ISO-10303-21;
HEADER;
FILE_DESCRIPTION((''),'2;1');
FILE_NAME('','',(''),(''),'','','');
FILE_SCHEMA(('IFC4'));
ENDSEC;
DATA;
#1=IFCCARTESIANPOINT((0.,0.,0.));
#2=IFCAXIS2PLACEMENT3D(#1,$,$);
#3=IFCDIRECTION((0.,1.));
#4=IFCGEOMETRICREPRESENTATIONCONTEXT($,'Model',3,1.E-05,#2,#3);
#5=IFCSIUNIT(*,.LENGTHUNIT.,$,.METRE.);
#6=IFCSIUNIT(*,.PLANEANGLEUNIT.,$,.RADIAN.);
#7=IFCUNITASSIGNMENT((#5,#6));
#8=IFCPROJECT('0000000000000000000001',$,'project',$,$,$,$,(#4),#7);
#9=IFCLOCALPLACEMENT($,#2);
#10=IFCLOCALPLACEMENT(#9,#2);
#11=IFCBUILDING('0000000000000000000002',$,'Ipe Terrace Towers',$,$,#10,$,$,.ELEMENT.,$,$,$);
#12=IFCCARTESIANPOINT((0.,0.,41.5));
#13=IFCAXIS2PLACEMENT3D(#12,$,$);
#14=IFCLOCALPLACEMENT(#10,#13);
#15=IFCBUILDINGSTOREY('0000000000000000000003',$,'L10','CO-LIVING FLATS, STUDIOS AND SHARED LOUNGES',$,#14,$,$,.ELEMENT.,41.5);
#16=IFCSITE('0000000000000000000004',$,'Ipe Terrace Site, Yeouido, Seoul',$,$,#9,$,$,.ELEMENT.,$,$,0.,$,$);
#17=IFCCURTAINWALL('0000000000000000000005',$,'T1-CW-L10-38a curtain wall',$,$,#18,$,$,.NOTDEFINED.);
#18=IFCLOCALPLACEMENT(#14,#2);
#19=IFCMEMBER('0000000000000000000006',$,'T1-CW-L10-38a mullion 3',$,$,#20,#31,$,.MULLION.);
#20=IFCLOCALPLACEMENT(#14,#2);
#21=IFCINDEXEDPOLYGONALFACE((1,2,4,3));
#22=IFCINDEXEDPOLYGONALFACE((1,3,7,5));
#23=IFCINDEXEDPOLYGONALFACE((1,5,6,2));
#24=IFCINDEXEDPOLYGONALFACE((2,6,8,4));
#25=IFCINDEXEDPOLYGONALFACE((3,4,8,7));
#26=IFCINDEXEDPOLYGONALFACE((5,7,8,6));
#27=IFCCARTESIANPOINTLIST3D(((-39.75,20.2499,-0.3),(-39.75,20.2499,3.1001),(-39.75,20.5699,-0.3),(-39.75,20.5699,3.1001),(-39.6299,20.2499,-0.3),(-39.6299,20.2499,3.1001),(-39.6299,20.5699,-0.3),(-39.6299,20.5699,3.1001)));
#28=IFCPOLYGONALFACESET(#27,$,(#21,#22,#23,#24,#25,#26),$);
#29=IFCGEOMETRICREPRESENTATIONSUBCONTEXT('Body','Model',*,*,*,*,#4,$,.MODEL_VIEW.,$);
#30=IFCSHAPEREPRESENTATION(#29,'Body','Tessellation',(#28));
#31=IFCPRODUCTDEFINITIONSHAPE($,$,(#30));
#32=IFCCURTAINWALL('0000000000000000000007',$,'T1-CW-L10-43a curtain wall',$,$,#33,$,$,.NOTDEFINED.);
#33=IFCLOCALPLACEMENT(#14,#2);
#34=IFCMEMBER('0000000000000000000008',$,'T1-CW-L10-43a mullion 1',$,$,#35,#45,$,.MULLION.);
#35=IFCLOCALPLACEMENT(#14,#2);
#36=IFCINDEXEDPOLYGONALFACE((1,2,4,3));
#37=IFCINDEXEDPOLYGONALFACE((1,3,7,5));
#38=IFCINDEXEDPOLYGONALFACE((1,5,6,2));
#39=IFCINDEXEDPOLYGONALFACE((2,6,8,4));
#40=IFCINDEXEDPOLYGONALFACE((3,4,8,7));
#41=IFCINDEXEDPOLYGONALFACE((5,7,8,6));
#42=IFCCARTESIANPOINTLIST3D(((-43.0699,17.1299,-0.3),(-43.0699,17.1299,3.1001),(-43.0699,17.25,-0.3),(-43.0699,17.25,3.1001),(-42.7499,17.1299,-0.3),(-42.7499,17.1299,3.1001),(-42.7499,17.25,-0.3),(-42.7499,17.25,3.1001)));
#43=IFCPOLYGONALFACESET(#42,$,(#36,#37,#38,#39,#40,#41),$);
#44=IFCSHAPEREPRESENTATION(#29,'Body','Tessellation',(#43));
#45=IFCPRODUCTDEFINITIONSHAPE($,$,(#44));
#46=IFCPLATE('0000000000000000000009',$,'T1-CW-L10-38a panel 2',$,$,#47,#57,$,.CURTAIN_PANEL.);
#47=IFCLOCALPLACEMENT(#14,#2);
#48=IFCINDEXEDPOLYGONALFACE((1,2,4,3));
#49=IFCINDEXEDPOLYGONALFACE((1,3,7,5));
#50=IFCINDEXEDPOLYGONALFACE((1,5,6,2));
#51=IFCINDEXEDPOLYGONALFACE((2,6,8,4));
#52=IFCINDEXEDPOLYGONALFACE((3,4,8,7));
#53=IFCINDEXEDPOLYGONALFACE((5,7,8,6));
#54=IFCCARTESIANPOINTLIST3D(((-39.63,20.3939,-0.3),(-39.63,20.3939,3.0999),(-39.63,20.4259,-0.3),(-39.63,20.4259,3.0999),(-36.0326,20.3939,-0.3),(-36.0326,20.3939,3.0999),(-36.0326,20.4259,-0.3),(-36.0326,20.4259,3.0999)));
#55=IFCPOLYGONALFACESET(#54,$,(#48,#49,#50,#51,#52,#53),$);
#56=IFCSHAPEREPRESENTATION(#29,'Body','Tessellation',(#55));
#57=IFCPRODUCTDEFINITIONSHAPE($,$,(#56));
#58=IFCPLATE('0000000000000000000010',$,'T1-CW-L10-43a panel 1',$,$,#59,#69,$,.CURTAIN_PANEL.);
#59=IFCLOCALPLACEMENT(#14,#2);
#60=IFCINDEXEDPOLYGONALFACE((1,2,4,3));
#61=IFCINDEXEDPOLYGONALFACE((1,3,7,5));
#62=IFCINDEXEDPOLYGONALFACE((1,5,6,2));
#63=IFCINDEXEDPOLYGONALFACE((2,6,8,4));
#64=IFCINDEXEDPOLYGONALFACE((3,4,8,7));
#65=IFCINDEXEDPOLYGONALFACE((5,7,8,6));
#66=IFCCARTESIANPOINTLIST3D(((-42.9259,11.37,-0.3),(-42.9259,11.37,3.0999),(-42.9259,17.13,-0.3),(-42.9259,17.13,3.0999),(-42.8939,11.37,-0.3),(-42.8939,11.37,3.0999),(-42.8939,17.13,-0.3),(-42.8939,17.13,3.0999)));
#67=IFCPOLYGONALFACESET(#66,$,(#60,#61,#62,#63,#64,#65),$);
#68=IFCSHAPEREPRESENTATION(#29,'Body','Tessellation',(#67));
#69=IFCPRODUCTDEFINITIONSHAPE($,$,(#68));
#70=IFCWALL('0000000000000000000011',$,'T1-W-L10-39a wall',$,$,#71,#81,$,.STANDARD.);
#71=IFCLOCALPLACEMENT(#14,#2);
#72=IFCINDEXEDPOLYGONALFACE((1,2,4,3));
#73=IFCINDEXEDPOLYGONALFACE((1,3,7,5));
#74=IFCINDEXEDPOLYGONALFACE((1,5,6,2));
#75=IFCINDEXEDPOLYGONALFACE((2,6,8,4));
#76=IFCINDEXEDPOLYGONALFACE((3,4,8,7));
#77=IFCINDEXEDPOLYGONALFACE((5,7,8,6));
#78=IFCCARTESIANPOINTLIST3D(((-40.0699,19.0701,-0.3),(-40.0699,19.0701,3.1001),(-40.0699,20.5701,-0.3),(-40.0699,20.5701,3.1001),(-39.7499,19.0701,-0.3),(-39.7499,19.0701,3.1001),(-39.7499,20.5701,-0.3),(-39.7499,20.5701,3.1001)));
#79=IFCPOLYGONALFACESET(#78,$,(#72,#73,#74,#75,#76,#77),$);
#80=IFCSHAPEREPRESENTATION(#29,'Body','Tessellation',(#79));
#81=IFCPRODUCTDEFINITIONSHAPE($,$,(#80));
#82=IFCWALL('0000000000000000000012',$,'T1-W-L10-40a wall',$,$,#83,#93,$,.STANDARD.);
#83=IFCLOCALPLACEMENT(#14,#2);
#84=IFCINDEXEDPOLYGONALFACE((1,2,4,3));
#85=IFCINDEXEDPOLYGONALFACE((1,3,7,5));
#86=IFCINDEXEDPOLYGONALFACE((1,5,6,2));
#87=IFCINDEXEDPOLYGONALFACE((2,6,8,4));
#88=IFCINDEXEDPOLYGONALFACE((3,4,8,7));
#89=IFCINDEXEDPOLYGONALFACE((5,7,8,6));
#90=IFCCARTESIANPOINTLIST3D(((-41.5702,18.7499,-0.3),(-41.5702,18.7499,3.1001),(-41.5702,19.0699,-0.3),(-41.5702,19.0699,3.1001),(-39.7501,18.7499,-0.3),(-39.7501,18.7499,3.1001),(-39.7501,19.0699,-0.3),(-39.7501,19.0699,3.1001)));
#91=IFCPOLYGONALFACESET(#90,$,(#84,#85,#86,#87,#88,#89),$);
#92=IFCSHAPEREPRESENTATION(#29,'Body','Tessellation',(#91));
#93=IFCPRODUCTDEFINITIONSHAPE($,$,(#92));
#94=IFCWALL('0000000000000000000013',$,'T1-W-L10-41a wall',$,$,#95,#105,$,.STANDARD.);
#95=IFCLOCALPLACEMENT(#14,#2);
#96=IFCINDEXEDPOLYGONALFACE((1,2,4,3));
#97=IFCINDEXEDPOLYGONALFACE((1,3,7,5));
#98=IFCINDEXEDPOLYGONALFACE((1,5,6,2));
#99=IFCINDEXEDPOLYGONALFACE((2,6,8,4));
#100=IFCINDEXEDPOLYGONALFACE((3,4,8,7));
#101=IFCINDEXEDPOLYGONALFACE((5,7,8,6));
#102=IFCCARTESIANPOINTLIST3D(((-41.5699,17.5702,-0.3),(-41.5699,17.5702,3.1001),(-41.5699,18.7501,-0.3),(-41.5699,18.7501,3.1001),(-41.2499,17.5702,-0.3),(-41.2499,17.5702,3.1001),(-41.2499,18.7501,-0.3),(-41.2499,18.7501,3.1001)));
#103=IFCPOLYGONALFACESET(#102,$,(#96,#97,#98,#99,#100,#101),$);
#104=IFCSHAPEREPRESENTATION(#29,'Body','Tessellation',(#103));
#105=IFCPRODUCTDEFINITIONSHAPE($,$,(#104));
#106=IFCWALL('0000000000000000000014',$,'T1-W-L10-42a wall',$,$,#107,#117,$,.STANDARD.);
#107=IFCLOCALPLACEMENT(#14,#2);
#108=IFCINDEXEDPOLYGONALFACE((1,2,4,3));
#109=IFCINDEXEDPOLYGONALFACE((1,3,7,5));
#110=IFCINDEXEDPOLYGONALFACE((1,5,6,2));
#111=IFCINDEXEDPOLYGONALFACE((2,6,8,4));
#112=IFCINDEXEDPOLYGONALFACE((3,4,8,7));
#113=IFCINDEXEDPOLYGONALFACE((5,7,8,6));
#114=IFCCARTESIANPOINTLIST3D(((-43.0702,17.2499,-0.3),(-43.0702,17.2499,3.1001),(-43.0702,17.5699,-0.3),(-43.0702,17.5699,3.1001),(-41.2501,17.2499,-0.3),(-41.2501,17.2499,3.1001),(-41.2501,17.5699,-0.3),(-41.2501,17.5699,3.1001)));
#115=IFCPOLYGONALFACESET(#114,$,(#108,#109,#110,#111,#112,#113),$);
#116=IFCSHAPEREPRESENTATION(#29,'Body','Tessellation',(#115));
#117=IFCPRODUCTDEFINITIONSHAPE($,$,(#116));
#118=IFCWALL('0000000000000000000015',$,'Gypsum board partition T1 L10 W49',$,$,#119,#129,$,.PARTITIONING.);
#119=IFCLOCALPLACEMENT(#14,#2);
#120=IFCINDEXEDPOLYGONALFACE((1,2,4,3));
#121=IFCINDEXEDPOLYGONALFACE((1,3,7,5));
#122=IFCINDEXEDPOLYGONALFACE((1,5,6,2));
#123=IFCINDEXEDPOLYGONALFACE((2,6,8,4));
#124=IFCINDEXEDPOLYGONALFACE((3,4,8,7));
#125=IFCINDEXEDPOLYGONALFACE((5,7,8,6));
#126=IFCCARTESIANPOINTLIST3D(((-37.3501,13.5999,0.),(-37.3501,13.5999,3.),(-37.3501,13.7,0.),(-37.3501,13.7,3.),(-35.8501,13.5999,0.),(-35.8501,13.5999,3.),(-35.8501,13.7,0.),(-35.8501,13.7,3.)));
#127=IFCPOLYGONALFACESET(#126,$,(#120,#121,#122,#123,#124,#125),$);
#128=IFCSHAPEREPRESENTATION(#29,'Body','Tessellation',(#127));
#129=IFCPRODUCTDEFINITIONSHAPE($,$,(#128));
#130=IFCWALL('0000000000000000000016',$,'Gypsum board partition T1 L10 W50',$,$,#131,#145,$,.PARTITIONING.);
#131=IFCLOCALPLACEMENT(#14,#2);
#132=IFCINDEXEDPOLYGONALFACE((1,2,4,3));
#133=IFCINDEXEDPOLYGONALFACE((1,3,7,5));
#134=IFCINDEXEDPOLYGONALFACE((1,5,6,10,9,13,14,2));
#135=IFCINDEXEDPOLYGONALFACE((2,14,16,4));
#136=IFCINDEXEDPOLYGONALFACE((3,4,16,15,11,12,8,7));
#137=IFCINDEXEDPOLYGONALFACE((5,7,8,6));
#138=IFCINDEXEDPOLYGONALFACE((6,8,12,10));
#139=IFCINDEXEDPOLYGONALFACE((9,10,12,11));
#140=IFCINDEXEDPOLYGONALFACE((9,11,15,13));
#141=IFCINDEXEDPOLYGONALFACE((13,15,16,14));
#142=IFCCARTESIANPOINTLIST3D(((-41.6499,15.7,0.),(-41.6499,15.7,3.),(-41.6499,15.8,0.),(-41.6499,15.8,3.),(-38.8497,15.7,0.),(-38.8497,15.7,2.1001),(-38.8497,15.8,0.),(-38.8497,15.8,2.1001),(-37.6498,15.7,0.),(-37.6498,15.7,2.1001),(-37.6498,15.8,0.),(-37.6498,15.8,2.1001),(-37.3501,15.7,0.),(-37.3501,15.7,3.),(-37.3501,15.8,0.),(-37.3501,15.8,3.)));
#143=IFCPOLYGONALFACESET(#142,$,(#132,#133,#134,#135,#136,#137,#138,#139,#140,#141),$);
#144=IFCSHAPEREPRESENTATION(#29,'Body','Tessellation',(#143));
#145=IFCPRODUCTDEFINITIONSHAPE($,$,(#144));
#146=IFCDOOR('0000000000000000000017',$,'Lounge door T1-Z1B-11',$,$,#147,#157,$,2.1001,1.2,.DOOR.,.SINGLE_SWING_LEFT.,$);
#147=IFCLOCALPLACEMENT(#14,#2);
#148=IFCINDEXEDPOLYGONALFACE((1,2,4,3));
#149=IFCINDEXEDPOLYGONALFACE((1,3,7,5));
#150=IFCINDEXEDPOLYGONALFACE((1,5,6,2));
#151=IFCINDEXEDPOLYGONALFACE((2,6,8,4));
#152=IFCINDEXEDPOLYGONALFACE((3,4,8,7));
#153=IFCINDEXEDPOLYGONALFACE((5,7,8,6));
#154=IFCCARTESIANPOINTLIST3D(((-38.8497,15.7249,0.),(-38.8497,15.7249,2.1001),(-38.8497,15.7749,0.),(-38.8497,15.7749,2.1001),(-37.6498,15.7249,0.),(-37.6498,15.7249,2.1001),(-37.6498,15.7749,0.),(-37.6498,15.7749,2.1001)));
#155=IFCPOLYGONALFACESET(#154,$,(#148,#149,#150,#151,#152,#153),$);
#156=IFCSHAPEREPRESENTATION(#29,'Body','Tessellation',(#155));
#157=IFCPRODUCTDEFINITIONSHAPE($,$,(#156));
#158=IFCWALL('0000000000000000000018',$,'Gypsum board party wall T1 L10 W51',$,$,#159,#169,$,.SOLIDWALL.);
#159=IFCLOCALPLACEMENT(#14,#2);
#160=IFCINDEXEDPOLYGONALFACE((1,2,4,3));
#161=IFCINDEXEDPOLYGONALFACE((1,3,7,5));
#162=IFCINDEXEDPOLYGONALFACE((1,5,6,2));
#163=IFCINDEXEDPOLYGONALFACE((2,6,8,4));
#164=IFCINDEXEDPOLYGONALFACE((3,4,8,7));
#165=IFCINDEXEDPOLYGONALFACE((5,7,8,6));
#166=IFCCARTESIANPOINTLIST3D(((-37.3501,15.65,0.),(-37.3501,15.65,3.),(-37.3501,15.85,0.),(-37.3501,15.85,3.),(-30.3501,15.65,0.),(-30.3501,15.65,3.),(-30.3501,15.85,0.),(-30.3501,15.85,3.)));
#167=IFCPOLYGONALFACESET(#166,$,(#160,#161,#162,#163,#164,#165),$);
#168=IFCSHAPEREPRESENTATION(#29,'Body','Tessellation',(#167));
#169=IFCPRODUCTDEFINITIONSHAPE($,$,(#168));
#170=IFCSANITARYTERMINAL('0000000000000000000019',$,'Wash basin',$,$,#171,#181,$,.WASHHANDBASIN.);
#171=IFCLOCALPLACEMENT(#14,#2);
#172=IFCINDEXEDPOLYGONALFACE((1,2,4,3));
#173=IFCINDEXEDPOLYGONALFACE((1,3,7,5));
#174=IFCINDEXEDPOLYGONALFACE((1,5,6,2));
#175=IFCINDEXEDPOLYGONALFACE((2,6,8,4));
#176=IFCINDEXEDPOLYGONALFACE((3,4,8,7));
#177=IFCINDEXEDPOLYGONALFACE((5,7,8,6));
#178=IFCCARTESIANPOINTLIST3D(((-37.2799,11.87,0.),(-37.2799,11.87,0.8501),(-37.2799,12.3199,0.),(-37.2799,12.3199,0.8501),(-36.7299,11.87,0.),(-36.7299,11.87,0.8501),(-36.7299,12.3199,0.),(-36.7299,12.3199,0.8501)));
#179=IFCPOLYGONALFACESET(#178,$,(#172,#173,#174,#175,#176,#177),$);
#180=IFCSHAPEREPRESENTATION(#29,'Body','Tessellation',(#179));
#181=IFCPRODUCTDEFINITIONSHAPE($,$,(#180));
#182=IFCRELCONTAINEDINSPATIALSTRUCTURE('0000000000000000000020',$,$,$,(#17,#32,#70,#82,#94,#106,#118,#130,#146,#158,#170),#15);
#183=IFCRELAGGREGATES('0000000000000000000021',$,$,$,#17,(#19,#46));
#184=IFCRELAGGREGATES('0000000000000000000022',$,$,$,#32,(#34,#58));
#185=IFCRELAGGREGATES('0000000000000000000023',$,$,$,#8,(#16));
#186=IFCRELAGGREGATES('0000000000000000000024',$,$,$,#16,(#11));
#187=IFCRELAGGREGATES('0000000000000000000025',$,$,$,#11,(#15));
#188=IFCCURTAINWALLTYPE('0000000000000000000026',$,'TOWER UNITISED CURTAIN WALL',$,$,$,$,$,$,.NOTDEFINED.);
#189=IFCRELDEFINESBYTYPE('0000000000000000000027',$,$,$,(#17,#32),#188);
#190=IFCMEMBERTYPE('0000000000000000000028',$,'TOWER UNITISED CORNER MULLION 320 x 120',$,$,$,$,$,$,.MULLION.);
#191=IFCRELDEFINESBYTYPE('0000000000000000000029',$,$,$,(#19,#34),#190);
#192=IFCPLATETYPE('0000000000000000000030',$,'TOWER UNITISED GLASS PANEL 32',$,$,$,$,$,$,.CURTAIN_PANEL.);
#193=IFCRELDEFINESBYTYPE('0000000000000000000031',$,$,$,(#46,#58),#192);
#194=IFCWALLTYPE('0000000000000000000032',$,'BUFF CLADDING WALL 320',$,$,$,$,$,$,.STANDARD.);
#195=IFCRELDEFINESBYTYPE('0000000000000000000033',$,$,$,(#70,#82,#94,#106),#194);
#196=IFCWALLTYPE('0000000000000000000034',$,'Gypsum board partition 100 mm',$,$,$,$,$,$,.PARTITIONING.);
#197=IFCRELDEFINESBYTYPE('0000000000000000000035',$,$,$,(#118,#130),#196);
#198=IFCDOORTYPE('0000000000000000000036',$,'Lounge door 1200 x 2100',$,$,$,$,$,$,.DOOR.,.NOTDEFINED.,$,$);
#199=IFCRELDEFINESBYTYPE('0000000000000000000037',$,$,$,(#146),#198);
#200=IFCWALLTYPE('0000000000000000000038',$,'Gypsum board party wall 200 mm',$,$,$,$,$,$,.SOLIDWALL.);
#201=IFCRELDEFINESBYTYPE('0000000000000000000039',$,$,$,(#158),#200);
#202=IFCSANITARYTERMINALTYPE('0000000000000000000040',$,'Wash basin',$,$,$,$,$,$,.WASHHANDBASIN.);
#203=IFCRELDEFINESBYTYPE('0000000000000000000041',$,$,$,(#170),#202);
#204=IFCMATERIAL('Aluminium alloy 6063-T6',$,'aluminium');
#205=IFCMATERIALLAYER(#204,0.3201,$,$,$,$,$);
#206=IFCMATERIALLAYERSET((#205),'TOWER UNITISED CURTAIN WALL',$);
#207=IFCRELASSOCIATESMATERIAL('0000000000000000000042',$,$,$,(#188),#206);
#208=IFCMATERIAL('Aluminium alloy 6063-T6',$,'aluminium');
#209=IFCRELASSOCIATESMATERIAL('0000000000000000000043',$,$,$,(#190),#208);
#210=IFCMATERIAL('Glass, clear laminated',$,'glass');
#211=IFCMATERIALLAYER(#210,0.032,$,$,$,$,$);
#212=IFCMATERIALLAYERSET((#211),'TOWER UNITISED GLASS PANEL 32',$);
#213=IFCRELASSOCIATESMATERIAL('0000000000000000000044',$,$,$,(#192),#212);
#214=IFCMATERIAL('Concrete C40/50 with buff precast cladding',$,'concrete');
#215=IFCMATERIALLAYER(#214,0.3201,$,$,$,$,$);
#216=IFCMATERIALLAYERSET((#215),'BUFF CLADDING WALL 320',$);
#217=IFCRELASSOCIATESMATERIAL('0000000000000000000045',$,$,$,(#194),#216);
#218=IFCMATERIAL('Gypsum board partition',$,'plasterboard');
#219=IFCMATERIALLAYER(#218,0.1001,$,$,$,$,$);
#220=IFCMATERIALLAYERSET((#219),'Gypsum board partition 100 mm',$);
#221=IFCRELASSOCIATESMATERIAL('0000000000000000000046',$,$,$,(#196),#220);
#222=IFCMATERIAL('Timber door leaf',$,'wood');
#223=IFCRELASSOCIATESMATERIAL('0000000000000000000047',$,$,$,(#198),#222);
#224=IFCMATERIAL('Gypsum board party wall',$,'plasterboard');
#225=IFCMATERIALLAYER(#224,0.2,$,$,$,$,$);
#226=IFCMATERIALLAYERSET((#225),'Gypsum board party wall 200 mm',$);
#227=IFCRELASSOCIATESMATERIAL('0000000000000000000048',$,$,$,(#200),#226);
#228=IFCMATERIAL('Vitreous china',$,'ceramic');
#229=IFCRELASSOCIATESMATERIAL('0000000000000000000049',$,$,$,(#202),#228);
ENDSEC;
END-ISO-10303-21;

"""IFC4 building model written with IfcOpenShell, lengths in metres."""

from ifc_helpers import new_model, si_unit, direction, frame, frame_2d, origin, origin_2d, place, context, subcontext, project, spatial, rectangle, extrude, material, layer, layer_set, material_profile, profile_set, type_object, element, fill, aggregate, save


model = new_model("IFC4")

# Units and contexts
model_context = context("Model", 3, precision=1e-05, world=origin(), true_north=direction((0.0, 1.0)))
body_context = subcontext(model_context, "Body", "Model", "MODEL_VIEW")
ifc_project = project(units=[si_unit("LENGTHUNIT", "METRE"), si_unit("PLANEANGLEUNIT", "RADIAN")], contexts=[model_context])

# Site, building, storey
site_placement = place(None, origin())
site = spatial("IfcSite", under=ifc_project, at=site_placement, Name="Ipe Terrace Site, Yeouido, Seoul", CompositionType="ELEMENT", RefElevation=0.0)
building_placement = place(site_placement, origin())
building = spatial("IfcBuilding", under=site, at=building_placement, Name="Ipe Terrace Towers", CompositionType="ELEMENT")
storey_placement = place(building_placement, frame((0.0, 0.0, 41.5)))
storey = spatial("IfcBuildingStorey", under=building, at=storey_placement, Name="L10", Description="CO-LIVING FLATS, STUDIOS AND SHARED LOUNGES", CompositionType="ELEMENT", Elevation=41.5)

# Curtain walls, members
ifc_material_1 = material(Name="Aluminium alloy 6063-T6", Category="aluminium")
ifc_layer_1 = layer(ifc_material_1, 0.3201)
ifc_layer_set_1 = layer_set([ifc_layer_1], Name="TOWER UNITISED CURTAIN WALL")
curtain_wall_type = type_object("IfcCurtainWallType", Name="TOWER UNITISED CURTAIN WALL", PredefinedType="NOTDEFINED", material=ifc_layer_set_1)
curtain_wall_1_placement = place(storey_placement, origin())
curtain_wall_1 = element("IfcCurtainWall", 1, at=curtain_wall_1_placement, inside=storey, type_object=curtain_wall_type, Name="T1-CW-L10-38a curtain wall", PredefinedType="NOTDEFINED")
ifc_material_2 = material(Name="Aluminium alloy 6063-T6", Category="aluminium")
ifc_material_profile_1 = material_profile(ifc_material_2, rectangle(XDim=0.3201, YDim=0.1201, at=origin_2d()), Name="TOWER UNITISED CORNER MULLION 320 x 120")
ifc_profile_set_1 = profile_set([ifc_material_profile_1], Name="Aluminium alloy 6063-T6")
member_type = type_object("IfcMemberType", Name="TOWER UNITISED CORNER MULLION 320 x 120", PredefinedType="MULLION", material=ifc_profile_set_1)
member_1_placement = place(storey_placement, frame((-39.6899, 20.4099, -0.3), z_axis=(0.0, 0.0, 1.0), x_axis=(0.0, 1.0, 0.0)))
member_1 = element("IfcMember", 2, at=member_1_placement, type_object=member_type, Name="T1-CW-L10-38a mullion 3", PredefinedType="MULLION", context=body_context, shape_type="SweptSolid", body=[
    extrude(rectangle(XDim=0.3201, YDim=0.1201, at=origin_2d()), origin(), (0.0, 0.0, 1.0), 3.4001),
])
curtain_wall_2_placement = place(storey_placement, origin())
curtain_wall_2 = element("IfcCurtainWall", 3, at=curtain_wall_2_placement, inside=storey, type_object=curtain_wall_type, Name="T1-CW-L10-43a curtain wall", PredefinedType="NOTDEFINED")
member_2_placement = place(storey_placement, frame((-42.9099, 17.1899, -0.3), z_axis=(0.0, 0.0, 1.0), x_axis=(-1.0, 0.0, 0.0)))
member_2 = element("IfcMember", 4, at=member_2_placement, type_object=member_type, Name="T1-CW-L10-43a mullion 1", PredefinedType="MULLION", context=body_context, shape_type="SweptSolid", body=[
    extrude(rectangle(XDim=0.3201, YDim=0.1201, at=origin_2d()), origin(), (0.0, 0.0, 1.0), 3.4001),
])

# Plates
ifc_material_3 = material(Name="Glass, clear laminated", Category="glass")
ifc_layer_2 = layer(ifc_material_3, 0.032)
ifc_layer_set_2 = layer_set([ifc_layer_2], Name="TOWER UNITISED GLASS PANEL 32")
plate_type = type_object("IfcPlateType", Name="TOWER UNITISED GLASS PANEL 32", PredefinedType="CURTAIN_PANEL", material=ifc_layer_set_2)
plate_1_placement = place(storey_placement, frame((-37.8313, 20.4099, -0.3), z_axis=(0.0, 0.0, 1.0), x_axis=(-1.0, 0.0, 0.0)))
plate_1 = element("IfcPlate", 5, at=plate_1_placement, type_object=plate_type, Name="T1-CW-L10-38a panel 2", PredefinedType="CURTAIN_PANEL", context=body_context, shape_type="SweptSolid", body=[
    extrude(rectangle(XDim=3.5974, YDim=0.032, at=origin_2d()), origin(), (0.0, 0.0, 1.0), 3.3999),
])
aggregate(curtain_wall_1, [member_1, plate_1])
plate_2_placement = place(storey_placement, frame((-42.9099, 14.25, -0.3), z_axis=(0.0, 0.0, 1.0), x_axis=(0.0, -1.0, 0.0)))
plate_2 = element("IfcPlate", 6, at=plate_2_placement, type_object=plate_type, Name="T1-CW-L10-43a panel 1", PredefinedType="CURTAIN_PANEL", context=body_context, shape_type="SweptSolid", body=[
    extrude(rectangle(XDim=5.76, YDim=0.032, at=origin_2d()), origin(), (0.0, 0.0, 1.0), 3.3999),
])
aggregate(curtain_wall_2, [member_2, plate_2])

# Walls
ifc_material_4 = material(Name="Concrete C40/50 with buff precast cladding", Category="concrete")
ifc_layer_3 = layer(ifc_material_4, 0.3201)
ifc_layer_set_3 = layer_set([ifc_layer_3], Name="BUFF CLADDING WALL 320")
wall_type_1 = type_object("IfcWallType", Name="BUFF CLADDING WALL 320", PredefinedType="STANDARD", material=ifc_layer_set_3)
wall_1_placement = place(storey_placement, frame((-39.9099, 20.5701, -0.3), z_axis=(0.0, 0.0, 1.0), x_axis=(0.0, -1.0, 0.0)))
element("IfcWall", 7, at=wall_1_placement, inside=storey, type_object=wall_type_1, Name="T1-W-L10-39a wall", PredefinedType="STANDARD", context=body_context, shape_type="SweptSolid", body=[
    extrude(rectangle(XDim=1.5, YDim=0.3201, at=frame_2d((0.75, 0.0))), origin(), (0.0, 0.0, 1.0), 3.4001),
])
wall_2_placement = place(storey_placement, frame((-39.75, 18.9099, -0.3), z_axis=(0.0, 0.0, 1.0), x_axis=(-1.0, 0.0, 0.0)))
element("IfcWall", 8, at=wall_2_placement, inside=storey, type_object=wall_type_1, Name="T1-W-L10-40a wall", PredefinedType="STANDARD", context=body_context, shape_type="SweptSolid", body=[
    extrude(rectangle(XDim=1.8201, YDim=0.3201, at=frame_2d((0.9102, 0.0))), origin(), (0.0, 0.0, 1.0), 3.4001),
])
wall_3_placement = place(storey_placement, frame((-41.4099, 18.75, -0.3), z_axis=(0.0, 0.0, 1.0), x_axis=(0.0, -1.0, 0.0)))
element("IfcWall", 9, at=wall_3_placement, inside=storey, type_object=wall_type_1, Name="T1-W-L10-41a wall", PredefinedType="STANDARD", context=body_context, shape_type="SweptSolid", body=[
    extrude(rectangle(XDim=1.1799, YDim=0.3201, at=frame_2d((0.5898, 0.0))), origin(), (0.0, 0.0, 1.0), 3.4001),
])
wall_4_placement = place(storey_placement, frame((-41.25, 17.4099, -0.3), z_axis=(0.0, 0.0, 1.0), x_axis=(-1.0, 0.0, 0.0)))
element("IfcWall", 10, at=wall_4_placement, inside=storey, type_object=wall_type_1, Name="T1-W-L10-42a wall", PredefinedType="STANDARD", context=body_context, shape_type="SweptSolid", body=[
    extrude(rectangle(XDim=1.8201, YDim=0.3201, at=frame_2d((0.9102, 0.0))), origin(), (0.0, 0.0, 1.0), 3.4001),
])
ifc_material_5 = material(Name="Gypsum board partition", Category="plasterboard")
ifc_layer_4 = layer(ifc_material_5, 0.1001)
ifc_layer_set_4 = layer_set([ifc_layer_4], Name="Gypsum board partition 100 mm")
wall_type_2 = type_object("IfcWallType", Name="Gypsum board partition 100 mm", PredefinedType="PARTITIONING", material=ifc_layer_set_4)
wall_5_placement = place(storey_placement, frame((-37.3501, 13.6499, 0.0), z_axis=(0.0, 0.0, 1.0), x_axis=(1.0, 0.0, 0.0)))
element("IfcWall", 11, at=wall_5_placement, inside=storey, type_object=wall_type_2, Name="Gypsum board partition T1 L10 W49", PredefinedType="PARTITIONING", context=body_context, shape_type="SweptSolid", body=[
    extrude(rectangle(XDim=1.5, YDim=0.1001, at=frame_2d((0.75, 0.0))), origin(), (0.0, 0.0, 1.0), 3.0),
])

# Wall, opening, door
wall_6_placement = place(storey_placement, frame((-41.6499, 15.75, 0.0), z_axis=(0.0, 0.0, 1.0), x_axis=(1.0, 0.0, 0.0)))
wall_6 = element("IfcWall", 12, at=wall_6_placement, inside=storey, type_object=wall_type_2, Name="Gypsum board partition T1 L10 W50", PredefinedType="PARTITIONING", context=body_context, shape_type="SweptSolid", body=[
    extrude(rectangle(XDim=4.2998, YDim=0.1001, at=frame_2d((2.1499, 0.0))), origin(), (0.0, 0.0, 1.0), 3.0),
])
opening_placement = place(wall_6_placement, frame((2.8, 0.0, 0.0)))
opening = element("IfcOpeningElement", 13, at=opening_placement, cuts=wall_6, PredefinedType="OPENING", context=body_context, shape_type="SweptSolid", body=[
    extrude(rectangle(XDim=1.2, YDim=2.1001, at=frame_2d((0.6001, 1.05))), frame((0.0, 0.0601, 0.0), z_axis=(0.0, -1.0, 0.0), x_axis=(1.0, 0.0, 0.0)), (0.0, 0.0, 1.0), 0.1201),
])
ifc_material_6 = material(Name="Timber door leaf", Category="wood")
door_type = type_object("IfcDoorType", Name="Lounge door 1200 x 2100", OperationType="NOTDEFINED", PredefinedType="DOOR", material=ifc_material_6)
door_placement = place(opening_placement, origin())
door = element("IfcDoor", 14, at=door_placement, inside=storey, type_object=door_type, Name="Lounge door T1-Z1B-11", OperationType="SINGLE_SWING_LEFT", OverallHeight=2.1001, OverallWidth=1.2, PredefinedType="DOOR", context=body_context, shape_type="SweptSolid", body=[
    extrude(rectangle(XDim=1.2, YDim=2.1001, at=frame_2d((0.6001, 1.05))), frame((0.0, 0.0249, 0.0), z_axis=(0.0, -1.0, 0.0), x_axis=(1.0, 0.0, 0.0)), (0.0, 0.0, 1.0), 0.05),
])
fill(opening, door)

# Wall
ifc_material_7 = material(Name="Gypsum board party wall", Category="plasterboard")
ifc_layer_5 = layer(ifc_material_7, 0.2)
ifc_layer_set_5 = layer_set([ifc_layer_5], Name="Gypsum board party wall 200 mm")
wall_type_3 = type_object("IfcWallType", Name="Gypsum board party wall 200 mm", PredefinedType="SOLIDWALL", material=ifc_layer_set_5)
wall_7_placement = place(storey_placement, frame((-37.3501, 15.75, 0.0), z_axis=(0.0, 0.0, 1.0), x_axis=(1.0, 0.0, 0.0)))
element("IfcWall", 15, at=wall_7_placement, inside=storey, type_object=wall_type_3, Name="Gypsum board party wall T1 L10 W51", PredefinedType="SOLIDWALL", context=body_context, shape_type="SweptSolid", body=[
    extrude(rectangle(XDim=7.0, YDim=0.2, at=frame_2d((3.5, 0.0))), origin(), (0.0, 0.0, 1.0), 3.0),
])

# Sanitary terminal
ifc_material_8 = material(Name="Vitreous china", Category="ceramic")
sanitary_terminal_type = type_object("IfcSanitaryTerminalType", Name="Wash basin", PredefinedType="WASHHANDBASIN", material=ifc_material_8)
sanitary_terminal_placement = place(storey_placement, frame((-37.0049, 12.095, 0.0), z_axis=(0.0, 0.0, 1.0), x_axis=(1.0, 0.0, 0.0)))
element("IfcSanitaryTerminal", 16, at=sanitary_terminal_placement, inside=storey, type_object=sanitary_terminal_type, Name="Wash basin", PredefinedType="WASHHANDBASIN", context=body_context, shape_type="SweptSolid", body=[
    extrude(rectangle(XDim=0.55, YDim=0.45, at=origin_2d()), origin(), (0.0, 0.0, 1.0), 0.8501),
])

save(model, "model.ifc")
